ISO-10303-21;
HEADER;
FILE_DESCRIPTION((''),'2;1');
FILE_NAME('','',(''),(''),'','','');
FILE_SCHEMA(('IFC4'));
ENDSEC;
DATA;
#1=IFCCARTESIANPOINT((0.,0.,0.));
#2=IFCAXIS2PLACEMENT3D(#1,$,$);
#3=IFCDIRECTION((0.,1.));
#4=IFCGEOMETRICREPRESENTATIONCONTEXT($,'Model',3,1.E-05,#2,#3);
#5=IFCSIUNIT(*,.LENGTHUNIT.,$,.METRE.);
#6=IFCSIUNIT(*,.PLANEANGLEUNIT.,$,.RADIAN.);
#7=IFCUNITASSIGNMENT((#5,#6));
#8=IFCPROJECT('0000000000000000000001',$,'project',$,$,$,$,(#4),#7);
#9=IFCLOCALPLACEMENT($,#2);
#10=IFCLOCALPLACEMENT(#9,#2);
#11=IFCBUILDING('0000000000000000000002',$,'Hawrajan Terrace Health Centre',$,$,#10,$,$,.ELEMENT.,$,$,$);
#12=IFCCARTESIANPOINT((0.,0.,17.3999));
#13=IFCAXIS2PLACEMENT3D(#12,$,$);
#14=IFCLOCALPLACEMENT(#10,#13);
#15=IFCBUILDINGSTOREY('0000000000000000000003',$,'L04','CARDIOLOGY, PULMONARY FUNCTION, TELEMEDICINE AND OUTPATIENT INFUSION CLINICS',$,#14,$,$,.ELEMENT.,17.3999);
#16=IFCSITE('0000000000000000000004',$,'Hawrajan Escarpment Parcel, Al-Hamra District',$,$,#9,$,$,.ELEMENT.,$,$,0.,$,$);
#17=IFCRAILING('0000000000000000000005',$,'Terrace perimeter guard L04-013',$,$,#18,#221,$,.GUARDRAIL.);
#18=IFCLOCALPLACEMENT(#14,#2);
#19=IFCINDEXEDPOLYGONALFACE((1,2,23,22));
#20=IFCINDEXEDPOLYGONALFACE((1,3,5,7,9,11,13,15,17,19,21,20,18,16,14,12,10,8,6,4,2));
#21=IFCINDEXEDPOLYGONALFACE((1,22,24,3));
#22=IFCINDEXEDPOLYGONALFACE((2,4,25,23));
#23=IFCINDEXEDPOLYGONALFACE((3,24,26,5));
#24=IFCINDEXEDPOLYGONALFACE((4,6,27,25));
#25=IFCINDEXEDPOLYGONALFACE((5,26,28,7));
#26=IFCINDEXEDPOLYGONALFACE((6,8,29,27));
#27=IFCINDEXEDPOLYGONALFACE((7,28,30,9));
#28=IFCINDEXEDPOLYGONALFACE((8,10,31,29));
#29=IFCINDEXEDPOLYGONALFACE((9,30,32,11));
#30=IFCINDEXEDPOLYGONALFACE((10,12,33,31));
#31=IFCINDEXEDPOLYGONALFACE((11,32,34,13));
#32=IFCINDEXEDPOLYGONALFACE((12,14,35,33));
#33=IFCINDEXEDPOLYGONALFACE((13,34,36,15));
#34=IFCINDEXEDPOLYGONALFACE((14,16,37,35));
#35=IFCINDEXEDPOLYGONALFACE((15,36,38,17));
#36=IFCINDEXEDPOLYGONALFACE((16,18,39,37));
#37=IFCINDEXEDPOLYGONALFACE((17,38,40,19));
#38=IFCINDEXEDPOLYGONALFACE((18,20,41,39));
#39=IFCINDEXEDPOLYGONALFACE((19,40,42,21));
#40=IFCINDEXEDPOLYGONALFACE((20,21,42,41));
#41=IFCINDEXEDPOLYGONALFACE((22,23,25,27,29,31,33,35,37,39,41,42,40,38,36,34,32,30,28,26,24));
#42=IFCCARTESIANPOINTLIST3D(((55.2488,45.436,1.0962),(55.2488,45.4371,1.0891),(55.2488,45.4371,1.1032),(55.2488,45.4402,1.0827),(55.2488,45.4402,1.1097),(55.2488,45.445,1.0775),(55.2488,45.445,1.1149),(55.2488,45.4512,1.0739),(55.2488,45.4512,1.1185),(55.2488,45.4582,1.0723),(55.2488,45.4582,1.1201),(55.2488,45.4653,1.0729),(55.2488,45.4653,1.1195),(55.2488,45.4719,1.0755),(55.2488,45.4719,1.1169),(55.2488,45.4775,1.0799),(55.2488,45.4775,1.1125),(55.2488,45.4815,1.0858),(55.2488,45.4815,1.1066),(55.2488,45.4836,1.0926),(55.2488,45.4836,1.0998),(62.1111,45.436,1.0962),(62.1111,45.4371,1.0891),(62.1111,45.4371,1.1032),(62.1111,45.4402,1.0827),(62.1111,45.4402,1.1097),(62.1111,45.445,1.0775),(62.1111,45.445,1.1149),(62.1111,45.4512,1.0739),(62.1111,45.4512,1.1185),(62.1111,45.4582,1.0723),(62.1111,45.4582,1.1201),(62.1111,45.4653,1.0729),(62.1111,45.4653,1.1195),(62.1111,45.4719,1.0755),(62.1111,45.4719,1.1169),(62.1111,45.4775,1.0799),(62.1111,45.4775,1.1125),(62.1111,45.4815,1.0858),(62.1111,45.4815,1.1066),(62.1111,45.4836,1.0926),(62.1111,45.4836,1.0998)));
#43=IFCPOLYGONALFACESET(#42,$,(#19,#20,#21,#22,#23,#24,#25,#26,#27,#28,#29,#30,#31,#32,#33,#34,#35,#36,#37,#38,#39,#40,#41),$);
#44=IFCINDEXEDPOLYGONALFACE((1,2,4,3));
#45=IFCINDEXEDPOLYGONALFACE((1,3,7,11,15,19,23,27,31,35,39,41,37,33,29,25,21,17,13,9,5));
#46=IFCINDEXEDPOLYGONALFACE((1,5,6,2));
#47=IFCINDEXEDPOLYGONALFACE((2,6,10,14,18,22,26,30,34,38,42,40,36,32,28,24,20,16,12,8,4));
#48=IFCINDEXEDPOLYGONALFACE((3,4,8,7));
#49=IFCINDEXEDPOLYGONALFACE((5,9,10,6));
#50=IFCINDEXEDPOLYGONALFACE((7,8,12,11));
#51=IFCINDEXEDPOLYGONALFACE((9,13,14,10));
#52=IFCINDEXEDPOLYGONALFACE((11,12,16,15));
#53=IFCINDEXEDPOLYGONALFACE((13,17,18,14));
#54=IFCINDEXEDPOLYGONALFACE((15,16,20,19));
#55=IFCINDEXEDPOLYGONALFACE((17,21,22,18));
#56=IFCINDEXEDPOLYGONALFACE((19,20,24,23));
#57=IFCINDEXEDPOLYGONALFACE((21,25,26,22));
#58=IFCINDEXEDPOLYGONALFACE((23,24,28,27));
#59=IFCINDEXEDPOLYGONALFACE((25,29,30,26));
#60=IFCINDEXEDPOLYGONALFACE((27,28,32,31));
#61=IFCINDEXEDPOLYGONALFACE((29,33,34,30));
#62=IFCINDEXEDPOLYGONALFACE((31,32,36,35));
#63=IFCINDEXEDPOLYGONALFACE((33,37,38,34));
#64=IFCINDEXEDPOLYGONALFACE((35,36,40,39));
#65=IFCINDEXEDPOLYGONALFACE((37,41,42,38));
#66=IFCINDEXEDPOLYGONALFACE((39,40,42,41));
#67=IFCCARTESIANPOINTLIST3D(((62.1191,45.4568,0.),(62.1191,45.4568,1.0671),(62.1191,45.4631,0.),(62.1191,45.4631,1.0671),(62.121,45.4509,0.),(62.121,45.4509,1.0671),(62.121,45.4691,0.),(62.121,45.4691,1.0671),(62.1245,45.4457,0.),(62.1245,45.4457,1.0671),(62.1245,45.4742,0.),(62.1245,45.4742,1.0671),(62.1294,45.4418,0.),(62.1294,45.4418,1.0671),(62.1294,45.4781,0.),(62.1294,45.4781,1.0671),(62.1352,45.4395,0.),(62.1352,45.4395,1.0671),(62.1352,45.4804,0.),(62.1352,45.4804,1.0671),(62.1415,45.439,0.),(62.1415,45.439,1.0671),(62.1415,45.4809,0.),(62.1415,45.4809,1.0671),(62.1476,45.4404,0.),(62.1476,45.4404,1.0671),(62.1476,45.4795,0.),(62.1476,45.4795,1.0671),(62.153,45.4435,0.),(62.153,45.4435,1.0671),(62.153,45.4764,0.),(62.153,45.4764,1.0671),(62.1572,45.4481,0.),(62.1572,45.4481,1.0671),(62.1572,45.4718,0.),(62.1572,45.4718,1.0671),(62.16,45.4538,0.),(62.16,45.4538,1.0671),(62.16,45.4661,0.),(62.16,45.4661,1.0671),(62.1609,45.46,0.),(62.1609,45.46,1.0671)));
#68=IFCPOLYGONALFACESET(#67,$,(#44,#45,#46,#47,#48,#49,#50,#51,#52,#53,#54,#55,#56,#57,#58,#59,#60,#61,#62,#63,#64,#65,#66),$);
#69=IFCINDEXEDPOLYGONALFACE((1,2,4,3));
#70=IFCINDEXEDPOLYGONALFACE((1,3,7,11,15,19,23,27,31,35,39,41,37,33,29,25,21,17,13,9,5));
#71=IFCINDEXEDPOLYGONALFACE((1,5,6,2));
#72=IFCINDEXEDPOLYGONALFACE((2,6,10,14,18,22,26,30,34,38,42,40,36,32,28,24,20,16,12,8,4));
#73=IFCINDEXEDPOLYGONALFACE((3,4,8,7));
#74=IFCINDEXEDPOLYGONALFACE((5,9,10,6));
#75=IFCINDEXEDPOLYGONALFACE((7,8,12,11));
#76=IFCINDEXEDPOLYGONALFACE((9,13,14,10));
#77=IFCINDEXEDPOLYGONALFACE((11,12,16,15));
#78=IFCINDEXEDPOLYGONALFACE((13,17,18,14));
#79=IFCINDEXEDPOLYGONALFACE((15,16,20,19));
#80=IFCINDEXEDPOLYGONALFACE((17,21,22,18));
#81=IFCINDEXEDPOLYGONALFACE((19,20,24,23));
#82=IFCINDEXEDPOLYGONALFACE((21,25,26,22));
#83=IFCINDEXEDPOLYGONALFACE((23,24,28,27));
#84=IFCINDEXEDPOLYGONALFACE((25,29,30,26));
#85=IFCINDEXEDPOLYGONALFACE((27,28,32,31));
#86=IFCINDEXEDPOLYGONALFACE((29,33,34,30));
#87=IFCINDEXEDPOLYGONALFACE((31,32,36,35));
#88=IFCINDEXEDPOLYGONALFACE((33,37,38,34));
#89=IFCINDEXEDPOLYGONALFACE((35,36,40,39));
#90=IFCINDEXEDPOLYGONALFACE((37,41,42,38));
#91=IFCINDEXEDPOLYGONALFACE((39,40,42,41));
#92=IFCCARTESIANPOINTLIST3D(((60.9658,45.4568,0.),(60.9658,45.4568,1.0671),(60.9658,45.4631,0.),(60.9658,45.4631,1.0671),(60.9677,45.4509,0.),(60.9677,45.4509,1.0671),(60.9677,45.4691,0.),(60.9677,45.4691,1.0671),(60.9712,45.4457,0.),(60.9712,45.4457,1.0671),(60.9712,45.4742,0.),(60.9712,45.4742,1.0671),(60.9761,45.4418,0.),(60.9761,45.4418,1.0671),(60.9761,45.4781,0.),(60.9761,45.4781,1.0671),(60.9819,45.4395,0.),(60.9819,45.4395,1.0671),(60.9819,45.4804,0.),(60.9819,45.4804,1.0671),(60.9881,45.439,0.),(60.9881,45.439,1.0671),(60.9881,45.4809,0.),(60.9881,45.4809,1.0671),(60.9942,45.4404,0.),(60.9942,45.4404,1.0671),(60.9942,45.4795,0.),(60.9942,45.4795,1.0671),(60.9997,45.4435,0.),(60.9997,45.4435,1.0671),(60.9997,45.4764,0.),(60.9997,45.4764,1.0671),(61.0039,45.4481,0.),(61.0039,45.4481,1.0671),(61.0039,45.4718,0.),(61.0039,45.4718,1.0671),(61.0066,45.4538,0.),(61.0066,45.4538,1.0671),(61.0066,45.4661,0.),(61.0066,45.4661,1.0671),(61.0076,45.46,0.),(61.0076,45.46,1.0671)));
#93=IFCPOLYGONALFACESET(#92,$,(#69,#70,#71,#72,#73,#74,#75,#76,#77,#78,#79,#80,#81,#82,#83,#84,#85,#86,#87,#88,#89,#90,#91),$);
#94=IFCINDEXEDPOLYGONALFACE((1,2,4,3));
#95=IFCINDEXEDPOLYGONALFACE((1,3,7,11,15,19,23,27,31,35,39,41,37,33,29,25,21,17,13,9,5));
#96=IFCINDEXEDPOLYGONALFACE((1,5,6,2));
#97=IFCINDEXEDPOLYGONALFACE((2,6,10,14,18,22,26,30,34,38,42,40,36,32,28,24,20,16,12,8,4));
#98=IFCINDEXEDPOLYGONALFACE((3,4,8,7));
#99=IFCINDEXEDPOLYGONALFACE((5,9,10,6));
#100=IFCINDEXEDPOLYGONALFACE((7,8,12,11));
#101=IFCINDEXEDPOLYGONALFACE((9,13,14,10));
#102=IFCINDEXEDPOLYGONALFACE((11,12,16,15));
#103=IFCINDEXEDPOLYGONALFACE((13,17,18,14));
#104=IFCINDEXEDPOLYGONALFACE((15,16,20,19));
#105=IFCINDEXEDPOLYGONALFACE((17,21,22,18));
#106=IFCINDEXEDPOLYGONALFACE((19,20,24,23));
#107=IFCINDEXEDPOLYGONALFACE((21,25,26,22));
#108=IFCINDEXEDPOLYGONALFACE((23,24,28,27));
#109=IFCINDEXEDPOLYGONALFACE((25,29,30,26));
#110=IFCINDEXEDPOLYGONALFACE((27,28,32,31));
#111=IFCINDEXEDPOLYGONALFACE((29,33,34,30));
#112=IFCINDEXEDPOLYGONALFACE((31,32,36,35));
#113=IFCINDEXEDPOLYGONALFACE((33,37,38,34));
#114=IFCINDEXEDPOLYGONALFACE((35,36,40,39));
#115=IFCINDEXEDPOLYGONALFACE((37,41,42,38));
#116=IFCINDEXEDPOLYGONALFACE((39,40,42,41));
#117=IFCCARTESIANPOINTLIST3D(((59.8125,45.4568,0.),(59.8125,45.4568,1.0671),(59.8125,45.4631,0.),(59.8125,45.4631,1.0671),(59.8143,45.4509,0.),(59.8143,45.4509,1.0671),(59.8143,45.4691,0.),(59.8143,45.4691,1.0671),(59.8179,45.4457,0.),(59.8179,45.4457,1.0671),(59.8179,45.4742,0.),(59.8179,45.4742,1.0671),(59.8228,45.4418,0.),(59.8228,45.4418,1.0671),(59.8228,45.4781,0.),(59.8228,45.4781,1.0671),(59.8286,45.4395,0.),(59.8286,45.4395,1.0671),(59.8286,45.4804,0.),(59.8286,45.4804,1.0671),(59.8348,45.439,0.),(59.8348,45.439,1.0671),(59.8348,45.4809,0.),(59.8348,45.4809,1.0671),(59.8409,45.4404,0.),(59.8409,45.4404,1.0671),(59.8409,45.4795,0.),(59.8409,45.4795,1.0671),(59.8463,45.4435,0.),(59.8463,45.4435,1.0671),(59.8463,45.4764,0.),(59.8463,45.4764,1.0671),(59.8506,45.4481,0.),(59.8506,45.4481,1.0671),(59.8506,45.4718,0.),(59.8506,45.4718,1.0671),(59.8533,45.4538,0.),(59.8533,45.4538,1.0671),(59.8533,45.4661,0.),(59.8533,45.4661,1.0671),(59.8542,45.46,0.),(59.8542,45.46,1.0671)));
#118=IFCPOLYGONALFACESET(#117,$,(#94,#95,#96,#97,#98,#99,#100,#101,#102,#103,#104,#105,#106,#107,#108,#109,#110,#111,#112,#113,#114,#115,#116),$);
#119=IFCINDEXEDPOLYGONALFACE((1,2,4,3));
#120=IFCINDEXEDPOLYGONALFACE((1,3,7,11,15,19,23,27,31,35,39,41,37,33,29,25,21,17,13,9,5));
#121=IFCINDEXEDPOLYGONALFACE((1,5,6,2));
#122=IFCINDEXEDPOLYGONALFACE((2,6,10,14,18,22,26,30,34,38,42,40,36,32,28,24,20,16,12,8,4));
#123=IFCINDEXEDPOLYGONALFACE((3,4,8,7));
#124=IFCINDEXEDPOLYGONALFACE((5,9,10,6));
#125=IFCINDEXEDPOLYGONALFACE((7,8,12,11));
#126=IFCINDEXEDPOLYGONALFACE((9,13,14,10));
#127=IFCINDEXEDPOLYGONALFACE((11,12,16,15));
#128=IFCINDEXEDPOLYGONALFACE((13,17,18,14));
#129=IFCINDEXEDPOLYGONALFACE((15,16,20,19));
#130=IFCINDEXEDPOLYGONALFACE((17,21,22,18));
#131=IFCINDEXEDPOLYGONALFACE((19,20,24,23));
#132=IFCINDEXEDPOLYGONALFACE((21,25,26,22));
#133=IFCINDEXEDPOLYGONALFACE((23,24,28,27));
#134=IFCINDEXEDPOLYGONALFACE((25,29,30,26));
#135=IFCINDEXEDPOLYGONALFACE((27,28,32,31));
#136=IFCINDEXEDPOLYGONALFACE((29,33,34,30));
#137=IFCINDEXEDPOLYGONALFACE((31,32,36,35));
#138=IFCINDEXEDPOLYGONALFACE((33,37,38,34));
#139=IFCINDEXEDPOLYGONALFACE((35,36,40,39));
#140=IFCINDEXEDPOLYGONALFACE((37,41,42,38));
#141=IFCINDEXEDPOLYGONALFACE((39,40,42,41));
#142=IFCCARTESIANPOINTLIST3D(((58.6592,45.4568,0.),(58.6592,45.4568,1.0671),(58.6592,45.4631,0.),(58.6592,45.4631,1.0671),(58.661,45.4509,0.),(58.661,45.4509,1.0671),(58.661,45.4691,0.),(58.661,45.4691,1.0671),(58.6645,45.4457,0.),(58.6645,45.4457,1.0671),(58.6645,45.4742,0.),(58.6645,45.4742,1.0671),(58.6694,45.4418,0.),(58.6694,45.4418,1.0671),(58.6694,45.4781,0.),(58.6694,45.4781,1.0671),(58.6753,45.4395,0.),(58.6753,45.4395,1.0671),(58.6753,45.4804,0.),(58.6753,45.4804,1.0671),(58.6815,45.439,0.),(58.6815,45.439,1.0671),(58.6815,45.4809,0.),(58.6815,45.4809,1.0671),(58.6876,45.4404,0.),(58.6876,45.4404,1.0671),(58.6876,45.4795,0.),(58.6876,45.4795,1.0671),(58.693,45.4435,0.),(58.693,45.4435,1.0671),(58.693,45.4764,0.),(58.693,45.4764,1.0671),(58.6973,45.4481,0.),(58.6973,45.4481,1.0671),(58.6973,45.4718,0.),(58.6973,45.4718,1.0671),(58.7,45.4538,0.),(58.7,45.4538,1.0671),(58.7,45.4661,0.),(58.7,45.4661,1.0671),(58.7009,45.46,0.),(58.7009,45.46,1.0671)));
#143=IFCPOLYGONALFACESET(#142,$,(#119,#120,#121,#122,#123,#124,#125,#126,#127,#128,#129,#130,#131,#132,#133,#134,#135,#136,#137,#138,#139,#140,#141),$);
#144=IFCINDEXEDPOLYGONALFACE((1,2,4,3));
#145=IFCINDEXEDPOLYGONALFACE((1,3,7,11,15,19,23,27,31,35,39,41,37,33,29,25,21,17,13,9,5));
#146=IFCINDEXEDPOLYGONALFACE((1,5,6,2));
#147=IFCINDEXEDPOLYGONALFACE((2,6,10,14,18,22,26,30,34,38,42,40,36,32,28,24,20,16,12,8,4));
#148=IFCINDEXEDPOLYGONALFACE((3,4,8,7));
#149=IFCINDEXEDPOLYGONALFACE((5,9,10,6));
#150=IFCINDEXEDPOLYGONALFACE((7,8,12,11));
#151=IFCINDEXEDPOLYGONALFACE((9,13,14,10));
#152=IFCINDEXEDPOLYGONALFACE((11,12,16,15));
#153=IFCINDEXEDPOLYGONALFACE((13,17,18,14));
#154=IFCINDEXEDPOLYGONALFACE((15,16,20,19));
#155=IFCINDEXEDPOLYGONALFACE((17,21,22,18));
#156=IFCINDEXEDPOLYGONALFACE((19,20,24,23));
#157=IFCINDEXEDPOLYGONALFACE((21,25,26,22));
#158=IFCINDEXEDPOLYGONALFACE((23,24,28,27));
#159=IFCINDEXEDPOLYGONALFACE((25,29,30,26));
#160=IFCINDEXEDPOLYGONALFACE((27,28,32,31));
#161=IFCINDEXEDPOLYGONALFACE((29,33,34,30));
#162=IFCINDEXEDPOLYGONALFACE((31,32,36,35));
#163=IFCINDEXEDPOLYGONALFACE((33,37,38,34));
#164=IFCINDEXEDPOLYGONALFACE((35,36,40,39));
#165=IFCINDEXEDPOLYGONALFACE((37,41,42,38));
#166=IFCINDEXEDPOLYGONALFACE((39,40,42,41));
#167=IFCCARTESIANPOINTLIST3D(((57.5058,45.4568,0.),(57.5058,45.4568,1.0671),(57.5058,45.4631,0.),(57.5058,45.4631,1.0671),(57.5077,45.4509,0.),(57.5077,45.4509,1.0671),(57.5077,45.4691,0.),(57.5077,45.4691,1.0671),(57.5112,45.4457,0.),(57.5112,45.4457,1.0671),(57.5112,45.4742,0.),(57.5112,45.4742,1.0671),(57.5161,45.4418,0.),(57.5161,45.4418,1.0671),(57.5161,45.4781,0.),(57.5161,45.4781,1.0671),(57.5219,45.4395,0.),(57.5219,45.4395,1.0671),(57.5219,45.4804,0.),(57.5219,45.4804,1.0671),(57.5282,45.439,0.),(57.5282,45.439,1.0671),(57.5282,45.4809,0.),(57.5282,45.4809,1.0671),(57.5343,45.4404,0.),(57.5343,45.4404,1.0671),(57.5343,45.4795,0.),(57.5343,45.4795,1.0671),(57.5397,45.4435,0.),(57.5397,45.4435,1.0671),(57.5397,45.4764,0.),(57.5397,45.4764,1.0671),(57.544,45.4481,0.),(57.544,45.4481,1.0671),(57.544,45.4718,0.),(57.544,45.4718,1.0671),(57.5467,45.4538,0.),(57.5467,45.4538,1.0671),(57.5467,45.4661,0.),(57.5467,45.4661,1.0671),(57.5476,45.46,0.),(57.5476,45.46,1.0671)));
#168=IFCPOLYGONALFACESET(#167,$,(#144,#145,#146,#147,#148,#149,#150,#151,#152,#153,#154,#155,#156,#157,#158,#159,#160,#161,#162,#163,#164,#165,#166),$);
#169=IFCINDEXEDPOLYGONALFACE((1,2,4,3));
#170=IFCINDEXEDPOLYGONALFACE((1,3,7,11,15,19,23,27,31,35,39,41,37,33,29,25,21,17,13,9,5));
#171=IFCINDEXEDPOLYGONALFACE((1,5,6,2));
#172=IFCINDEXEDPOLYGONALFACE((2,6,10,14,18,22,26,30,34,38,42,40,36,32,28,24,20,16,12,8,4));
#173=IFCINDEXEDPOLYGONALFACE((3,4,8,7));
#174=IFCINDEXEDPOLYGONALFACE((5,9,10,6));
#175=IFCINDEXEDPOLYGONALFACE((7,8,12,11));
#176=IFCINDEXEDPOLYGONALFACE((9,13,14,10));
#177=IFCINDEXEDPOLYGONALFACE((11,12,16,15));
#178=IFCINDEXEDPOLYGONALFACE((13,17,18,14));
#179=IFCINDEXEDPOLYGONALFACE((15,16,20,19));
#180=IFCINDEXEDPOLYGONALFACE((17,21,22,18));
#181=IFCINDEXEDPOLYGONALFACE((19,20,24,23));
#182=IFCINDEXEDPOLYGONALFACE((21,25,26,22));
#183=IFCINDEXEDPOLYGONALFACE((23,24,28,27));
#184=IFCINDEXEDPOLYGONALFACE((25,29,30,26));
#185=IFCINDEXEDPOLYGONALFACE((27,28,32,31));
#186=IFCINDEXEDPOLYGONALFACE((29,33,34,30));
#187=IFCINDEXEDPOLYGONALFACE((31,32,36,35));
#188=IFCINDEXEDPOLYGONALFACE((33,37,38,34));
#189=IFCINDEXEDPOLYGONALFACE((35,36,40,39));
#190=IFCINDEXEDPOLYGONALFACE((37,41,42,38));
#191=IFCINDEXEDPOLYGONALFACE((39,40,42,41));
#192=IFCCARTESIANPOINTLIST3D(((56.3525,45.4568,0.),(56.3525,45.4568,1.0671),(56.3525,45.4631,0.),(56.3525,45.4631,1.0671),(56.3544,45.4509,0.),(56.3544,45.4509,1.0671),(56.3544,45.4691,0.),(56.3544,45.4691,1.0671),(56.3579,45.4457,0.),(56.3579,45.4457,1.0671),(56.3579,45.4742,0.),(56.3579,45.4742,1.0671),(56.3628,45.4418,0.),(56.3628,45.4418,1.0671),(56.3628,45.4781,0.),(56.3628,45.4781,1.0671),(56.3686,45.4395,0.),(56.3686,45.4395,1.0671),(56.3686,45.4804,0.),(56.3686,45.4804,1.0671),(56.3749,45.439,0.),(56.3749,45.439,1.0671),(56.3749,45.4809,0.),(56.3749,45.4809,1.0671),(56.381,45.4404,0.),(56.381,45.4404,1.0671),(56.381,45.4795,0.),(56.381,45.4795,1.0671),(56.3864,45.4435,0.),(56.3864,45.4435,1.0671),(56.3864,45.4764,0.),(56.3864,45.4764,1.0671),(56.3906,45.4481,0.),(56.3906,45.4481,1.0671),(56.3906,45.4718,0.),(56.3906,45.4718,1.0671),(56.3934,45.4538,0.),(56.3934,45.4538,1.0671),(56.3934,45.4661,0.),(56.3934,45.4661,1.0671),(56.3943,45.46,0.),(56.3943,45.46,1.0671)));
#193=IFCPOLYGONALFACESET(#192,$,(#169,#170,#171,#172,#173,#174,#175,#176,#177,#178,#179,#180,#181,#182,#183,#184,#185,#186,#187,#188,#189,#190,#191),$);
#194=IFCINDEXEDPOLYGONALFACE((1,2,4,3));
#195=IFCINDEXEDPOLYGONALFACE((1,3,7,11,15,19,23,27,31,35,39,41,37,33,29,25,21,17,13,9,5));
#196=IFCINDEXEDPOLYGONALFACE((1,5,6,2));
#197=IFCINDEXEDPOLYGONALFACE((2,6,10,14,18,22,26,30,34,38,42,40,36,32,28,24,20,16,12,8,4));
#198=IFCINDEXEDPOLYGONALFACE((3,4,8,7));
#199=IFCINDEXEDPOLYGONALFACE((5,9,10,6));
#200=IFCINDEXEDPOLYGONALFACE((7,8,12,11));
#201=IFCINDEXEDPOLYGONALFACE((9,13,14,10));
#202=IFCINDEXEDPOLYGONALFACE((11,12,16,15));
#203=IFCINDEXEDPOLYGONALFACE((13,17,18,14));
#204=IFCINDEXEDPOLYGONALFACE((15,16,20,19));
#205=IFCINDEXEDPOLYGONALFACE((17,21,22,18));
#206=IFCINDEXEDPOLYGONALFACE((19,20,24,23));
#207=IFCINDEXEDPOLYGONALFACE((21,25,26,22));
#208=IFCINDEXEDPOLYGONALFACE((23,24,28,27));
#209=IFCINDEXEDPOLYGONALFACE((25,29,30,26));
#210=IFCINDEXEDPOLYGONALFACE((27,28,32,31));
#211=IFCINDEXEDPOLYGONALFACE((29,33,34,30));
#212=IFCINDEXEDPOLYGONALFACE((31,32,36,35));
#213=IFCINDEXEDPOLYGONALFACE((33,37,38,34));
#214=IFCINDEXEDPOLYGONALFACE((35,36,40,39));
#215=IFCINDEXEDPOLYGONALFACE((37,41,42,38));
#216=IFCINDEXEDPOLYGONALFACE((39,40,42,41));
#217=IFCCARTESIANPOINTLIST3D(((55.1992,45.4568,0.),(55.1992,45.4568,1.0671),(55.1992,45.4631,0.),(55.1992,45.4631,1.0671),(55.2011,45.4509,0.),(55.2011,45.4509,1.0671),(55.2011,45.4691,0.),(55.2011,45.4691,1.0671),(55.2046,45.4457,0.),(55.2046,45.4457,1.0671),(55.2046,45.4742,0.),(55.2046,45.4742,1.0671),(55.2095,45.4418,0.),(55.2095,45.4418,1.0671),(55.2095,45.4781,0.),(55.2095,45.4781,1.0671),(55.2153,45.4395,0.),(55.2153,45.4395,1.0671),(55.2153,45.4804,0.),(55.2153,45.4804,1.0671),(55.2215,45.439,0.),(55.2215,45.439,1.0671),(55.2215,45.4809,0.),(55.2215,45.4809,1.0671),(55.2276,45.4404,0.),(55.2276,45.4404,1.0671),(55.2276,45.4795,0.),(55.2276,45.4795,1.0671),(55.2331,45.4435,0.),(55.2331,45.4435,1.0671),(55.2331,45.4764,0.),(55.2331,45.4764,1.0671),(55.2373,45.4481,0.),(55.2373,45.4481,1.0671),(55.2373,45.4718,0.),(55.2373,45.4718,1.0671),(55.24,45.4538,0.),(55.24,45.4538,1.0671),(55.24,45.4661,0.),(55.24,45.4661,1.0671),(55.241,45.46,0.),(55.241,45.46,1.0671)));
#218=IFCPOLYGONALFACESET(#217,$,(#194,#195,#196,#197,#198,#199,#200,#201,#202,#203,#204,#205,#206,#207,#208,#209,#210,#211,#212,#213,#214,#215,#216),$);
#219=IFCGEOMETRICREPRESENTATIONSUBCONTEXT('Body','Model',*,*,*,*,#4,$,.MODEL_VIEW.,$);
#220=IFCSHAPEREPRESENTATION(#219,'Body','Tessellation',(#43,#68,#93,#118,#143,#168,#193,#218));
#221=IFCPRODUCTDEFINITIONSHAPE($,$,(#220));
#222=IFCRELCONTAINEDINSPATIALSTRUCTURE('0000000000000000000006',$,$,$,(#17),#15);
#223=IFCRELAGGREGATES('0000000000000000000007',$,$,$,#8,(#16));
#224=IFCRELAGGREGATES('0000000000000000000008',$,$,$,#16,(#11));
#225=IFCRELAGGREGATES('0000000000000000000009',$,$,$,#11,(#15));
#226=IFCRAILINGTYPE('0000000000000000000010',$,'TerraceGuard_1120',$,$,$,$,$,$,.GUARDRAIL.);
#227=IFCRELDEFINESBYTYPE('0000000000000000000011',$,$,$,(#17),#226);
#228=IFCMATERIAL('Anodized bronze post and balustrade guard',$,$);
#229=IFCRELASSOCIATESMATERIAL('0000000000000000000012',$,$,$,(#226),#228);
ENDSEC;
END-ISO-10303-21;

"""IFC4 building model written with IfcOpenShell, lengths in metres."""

from ifc_helpers import new_model, si_unit, direction, frame, origin, origin_2d, place, context, subcontext, project, spatial, circle, extrude, material, type_object, element, save


model = new_model("IFC4")

# Units and contexts
model_context = context("Model", 3, precision=1e-05, world=origin(), true_north=direction((0.0, 1.0)))
body_context = subcontext(model_context, "Body", "Model", "MODEL_VIEW")
ifc_project = project(units=[si_unit("LENGTHUNIT", "METRE"), si_unit("PLANEANGLEUNIT", "RADIAN")], contexts=[model_context])

# Site, building, storey
site_placement = place(None, origin())
site = spatial("IfcSite", under=ifc_project, at=site_placement, Name="Hawrajan Escarpment Parcel, Al-Hamra District", CompositionType="ELEMENT", RefElevation=0.0)
building_placement = place(site_placement, origin())
building = spatial("IfcBuilding", under=site, at=building_placement, Name="Hawrajan Terrace Health Centre", CompositionType="ELEMENT")
storey_placement = place(building_placement, frame((0.0, 0.0, 17.3999)))
storey = spatial("IfcBuildingStorey", under=building, at=storey_placement, Name="L04", Description="CARDIOLOGY, PULMONARY FUNCTION, TELEMEDICINE AND OUTPATIENT INFUSION CLINICS", CompositionType="ELEMENT", Elevation=17.3999)

# Railing
ifc_material_1 = material(Name="Anodized bronze post and balustrade guard")
railing_type = type_object("IfcRailingType", Name="TerraceGuard_1120", PredefinedType="GUARDRAIL", material=ifc_material_1)
railing_placement = place(storey_placement, frame((62.1399, 45.46, 0.0)))
element("IfcRailing", 1, at=railing_placement, inside=storey, type_object=railing_type, Name="Terrace perimeter guard L04-013", PredefinedType="GUARDRAIL", context=body_context, shape_type="SweptSolid", body=[
    extrude(circle(Radius=0.0239, at=origin_2d()), frame((-0.0288, 0.0, 1.0962), z_axis=(-1.0, 0.0, 0.0), x_axis=(0.0, -1.0, 0.0)), (0.0, 0.0, 1.0), 6.8623),
    extrude(circle(Radius=0.021, at=origin_2d()), origin(), (0.0, 0.0, 1.0), 1.0671),
    extrude(circle(Radius=0.021, at=origin_2d()), frame((-1.1533, 0.0, 0.0)), (0.0, 0.0, 1.0), 1.0671),
    extrude(circle(Radius=0.021, at=origin_2d()), frame((-2.3066, 0.0, 0.0)), (0.0, 0.0, 1.0), 1.0671),
    extrude(circle(Radius=0.021, at=origin_2d()), frame((-3.46, 0.0, 0.0)), (0.0, 0.0, 1.0), 1.0671),
    extrude(circle(Radius=0.021, at=origin_2d()), frame((-4.6133, 0.0, 0.0)), (0.0, 0.0, 1.0), 1.0671),
    extrude(circle(Radius=0.021, at=origin_2d()), frame((-5.7666, 0.0, 0.0)), (0.0, 0.0, 1.0), 1.0671),
    extrude(circle(Radius=0.021, at=origin_2d()), frame((-6.9199, 0.0, 0.0)), (0.0, 0.0, 1.0), 1.0671),
])

save(model, "model.ifc")
